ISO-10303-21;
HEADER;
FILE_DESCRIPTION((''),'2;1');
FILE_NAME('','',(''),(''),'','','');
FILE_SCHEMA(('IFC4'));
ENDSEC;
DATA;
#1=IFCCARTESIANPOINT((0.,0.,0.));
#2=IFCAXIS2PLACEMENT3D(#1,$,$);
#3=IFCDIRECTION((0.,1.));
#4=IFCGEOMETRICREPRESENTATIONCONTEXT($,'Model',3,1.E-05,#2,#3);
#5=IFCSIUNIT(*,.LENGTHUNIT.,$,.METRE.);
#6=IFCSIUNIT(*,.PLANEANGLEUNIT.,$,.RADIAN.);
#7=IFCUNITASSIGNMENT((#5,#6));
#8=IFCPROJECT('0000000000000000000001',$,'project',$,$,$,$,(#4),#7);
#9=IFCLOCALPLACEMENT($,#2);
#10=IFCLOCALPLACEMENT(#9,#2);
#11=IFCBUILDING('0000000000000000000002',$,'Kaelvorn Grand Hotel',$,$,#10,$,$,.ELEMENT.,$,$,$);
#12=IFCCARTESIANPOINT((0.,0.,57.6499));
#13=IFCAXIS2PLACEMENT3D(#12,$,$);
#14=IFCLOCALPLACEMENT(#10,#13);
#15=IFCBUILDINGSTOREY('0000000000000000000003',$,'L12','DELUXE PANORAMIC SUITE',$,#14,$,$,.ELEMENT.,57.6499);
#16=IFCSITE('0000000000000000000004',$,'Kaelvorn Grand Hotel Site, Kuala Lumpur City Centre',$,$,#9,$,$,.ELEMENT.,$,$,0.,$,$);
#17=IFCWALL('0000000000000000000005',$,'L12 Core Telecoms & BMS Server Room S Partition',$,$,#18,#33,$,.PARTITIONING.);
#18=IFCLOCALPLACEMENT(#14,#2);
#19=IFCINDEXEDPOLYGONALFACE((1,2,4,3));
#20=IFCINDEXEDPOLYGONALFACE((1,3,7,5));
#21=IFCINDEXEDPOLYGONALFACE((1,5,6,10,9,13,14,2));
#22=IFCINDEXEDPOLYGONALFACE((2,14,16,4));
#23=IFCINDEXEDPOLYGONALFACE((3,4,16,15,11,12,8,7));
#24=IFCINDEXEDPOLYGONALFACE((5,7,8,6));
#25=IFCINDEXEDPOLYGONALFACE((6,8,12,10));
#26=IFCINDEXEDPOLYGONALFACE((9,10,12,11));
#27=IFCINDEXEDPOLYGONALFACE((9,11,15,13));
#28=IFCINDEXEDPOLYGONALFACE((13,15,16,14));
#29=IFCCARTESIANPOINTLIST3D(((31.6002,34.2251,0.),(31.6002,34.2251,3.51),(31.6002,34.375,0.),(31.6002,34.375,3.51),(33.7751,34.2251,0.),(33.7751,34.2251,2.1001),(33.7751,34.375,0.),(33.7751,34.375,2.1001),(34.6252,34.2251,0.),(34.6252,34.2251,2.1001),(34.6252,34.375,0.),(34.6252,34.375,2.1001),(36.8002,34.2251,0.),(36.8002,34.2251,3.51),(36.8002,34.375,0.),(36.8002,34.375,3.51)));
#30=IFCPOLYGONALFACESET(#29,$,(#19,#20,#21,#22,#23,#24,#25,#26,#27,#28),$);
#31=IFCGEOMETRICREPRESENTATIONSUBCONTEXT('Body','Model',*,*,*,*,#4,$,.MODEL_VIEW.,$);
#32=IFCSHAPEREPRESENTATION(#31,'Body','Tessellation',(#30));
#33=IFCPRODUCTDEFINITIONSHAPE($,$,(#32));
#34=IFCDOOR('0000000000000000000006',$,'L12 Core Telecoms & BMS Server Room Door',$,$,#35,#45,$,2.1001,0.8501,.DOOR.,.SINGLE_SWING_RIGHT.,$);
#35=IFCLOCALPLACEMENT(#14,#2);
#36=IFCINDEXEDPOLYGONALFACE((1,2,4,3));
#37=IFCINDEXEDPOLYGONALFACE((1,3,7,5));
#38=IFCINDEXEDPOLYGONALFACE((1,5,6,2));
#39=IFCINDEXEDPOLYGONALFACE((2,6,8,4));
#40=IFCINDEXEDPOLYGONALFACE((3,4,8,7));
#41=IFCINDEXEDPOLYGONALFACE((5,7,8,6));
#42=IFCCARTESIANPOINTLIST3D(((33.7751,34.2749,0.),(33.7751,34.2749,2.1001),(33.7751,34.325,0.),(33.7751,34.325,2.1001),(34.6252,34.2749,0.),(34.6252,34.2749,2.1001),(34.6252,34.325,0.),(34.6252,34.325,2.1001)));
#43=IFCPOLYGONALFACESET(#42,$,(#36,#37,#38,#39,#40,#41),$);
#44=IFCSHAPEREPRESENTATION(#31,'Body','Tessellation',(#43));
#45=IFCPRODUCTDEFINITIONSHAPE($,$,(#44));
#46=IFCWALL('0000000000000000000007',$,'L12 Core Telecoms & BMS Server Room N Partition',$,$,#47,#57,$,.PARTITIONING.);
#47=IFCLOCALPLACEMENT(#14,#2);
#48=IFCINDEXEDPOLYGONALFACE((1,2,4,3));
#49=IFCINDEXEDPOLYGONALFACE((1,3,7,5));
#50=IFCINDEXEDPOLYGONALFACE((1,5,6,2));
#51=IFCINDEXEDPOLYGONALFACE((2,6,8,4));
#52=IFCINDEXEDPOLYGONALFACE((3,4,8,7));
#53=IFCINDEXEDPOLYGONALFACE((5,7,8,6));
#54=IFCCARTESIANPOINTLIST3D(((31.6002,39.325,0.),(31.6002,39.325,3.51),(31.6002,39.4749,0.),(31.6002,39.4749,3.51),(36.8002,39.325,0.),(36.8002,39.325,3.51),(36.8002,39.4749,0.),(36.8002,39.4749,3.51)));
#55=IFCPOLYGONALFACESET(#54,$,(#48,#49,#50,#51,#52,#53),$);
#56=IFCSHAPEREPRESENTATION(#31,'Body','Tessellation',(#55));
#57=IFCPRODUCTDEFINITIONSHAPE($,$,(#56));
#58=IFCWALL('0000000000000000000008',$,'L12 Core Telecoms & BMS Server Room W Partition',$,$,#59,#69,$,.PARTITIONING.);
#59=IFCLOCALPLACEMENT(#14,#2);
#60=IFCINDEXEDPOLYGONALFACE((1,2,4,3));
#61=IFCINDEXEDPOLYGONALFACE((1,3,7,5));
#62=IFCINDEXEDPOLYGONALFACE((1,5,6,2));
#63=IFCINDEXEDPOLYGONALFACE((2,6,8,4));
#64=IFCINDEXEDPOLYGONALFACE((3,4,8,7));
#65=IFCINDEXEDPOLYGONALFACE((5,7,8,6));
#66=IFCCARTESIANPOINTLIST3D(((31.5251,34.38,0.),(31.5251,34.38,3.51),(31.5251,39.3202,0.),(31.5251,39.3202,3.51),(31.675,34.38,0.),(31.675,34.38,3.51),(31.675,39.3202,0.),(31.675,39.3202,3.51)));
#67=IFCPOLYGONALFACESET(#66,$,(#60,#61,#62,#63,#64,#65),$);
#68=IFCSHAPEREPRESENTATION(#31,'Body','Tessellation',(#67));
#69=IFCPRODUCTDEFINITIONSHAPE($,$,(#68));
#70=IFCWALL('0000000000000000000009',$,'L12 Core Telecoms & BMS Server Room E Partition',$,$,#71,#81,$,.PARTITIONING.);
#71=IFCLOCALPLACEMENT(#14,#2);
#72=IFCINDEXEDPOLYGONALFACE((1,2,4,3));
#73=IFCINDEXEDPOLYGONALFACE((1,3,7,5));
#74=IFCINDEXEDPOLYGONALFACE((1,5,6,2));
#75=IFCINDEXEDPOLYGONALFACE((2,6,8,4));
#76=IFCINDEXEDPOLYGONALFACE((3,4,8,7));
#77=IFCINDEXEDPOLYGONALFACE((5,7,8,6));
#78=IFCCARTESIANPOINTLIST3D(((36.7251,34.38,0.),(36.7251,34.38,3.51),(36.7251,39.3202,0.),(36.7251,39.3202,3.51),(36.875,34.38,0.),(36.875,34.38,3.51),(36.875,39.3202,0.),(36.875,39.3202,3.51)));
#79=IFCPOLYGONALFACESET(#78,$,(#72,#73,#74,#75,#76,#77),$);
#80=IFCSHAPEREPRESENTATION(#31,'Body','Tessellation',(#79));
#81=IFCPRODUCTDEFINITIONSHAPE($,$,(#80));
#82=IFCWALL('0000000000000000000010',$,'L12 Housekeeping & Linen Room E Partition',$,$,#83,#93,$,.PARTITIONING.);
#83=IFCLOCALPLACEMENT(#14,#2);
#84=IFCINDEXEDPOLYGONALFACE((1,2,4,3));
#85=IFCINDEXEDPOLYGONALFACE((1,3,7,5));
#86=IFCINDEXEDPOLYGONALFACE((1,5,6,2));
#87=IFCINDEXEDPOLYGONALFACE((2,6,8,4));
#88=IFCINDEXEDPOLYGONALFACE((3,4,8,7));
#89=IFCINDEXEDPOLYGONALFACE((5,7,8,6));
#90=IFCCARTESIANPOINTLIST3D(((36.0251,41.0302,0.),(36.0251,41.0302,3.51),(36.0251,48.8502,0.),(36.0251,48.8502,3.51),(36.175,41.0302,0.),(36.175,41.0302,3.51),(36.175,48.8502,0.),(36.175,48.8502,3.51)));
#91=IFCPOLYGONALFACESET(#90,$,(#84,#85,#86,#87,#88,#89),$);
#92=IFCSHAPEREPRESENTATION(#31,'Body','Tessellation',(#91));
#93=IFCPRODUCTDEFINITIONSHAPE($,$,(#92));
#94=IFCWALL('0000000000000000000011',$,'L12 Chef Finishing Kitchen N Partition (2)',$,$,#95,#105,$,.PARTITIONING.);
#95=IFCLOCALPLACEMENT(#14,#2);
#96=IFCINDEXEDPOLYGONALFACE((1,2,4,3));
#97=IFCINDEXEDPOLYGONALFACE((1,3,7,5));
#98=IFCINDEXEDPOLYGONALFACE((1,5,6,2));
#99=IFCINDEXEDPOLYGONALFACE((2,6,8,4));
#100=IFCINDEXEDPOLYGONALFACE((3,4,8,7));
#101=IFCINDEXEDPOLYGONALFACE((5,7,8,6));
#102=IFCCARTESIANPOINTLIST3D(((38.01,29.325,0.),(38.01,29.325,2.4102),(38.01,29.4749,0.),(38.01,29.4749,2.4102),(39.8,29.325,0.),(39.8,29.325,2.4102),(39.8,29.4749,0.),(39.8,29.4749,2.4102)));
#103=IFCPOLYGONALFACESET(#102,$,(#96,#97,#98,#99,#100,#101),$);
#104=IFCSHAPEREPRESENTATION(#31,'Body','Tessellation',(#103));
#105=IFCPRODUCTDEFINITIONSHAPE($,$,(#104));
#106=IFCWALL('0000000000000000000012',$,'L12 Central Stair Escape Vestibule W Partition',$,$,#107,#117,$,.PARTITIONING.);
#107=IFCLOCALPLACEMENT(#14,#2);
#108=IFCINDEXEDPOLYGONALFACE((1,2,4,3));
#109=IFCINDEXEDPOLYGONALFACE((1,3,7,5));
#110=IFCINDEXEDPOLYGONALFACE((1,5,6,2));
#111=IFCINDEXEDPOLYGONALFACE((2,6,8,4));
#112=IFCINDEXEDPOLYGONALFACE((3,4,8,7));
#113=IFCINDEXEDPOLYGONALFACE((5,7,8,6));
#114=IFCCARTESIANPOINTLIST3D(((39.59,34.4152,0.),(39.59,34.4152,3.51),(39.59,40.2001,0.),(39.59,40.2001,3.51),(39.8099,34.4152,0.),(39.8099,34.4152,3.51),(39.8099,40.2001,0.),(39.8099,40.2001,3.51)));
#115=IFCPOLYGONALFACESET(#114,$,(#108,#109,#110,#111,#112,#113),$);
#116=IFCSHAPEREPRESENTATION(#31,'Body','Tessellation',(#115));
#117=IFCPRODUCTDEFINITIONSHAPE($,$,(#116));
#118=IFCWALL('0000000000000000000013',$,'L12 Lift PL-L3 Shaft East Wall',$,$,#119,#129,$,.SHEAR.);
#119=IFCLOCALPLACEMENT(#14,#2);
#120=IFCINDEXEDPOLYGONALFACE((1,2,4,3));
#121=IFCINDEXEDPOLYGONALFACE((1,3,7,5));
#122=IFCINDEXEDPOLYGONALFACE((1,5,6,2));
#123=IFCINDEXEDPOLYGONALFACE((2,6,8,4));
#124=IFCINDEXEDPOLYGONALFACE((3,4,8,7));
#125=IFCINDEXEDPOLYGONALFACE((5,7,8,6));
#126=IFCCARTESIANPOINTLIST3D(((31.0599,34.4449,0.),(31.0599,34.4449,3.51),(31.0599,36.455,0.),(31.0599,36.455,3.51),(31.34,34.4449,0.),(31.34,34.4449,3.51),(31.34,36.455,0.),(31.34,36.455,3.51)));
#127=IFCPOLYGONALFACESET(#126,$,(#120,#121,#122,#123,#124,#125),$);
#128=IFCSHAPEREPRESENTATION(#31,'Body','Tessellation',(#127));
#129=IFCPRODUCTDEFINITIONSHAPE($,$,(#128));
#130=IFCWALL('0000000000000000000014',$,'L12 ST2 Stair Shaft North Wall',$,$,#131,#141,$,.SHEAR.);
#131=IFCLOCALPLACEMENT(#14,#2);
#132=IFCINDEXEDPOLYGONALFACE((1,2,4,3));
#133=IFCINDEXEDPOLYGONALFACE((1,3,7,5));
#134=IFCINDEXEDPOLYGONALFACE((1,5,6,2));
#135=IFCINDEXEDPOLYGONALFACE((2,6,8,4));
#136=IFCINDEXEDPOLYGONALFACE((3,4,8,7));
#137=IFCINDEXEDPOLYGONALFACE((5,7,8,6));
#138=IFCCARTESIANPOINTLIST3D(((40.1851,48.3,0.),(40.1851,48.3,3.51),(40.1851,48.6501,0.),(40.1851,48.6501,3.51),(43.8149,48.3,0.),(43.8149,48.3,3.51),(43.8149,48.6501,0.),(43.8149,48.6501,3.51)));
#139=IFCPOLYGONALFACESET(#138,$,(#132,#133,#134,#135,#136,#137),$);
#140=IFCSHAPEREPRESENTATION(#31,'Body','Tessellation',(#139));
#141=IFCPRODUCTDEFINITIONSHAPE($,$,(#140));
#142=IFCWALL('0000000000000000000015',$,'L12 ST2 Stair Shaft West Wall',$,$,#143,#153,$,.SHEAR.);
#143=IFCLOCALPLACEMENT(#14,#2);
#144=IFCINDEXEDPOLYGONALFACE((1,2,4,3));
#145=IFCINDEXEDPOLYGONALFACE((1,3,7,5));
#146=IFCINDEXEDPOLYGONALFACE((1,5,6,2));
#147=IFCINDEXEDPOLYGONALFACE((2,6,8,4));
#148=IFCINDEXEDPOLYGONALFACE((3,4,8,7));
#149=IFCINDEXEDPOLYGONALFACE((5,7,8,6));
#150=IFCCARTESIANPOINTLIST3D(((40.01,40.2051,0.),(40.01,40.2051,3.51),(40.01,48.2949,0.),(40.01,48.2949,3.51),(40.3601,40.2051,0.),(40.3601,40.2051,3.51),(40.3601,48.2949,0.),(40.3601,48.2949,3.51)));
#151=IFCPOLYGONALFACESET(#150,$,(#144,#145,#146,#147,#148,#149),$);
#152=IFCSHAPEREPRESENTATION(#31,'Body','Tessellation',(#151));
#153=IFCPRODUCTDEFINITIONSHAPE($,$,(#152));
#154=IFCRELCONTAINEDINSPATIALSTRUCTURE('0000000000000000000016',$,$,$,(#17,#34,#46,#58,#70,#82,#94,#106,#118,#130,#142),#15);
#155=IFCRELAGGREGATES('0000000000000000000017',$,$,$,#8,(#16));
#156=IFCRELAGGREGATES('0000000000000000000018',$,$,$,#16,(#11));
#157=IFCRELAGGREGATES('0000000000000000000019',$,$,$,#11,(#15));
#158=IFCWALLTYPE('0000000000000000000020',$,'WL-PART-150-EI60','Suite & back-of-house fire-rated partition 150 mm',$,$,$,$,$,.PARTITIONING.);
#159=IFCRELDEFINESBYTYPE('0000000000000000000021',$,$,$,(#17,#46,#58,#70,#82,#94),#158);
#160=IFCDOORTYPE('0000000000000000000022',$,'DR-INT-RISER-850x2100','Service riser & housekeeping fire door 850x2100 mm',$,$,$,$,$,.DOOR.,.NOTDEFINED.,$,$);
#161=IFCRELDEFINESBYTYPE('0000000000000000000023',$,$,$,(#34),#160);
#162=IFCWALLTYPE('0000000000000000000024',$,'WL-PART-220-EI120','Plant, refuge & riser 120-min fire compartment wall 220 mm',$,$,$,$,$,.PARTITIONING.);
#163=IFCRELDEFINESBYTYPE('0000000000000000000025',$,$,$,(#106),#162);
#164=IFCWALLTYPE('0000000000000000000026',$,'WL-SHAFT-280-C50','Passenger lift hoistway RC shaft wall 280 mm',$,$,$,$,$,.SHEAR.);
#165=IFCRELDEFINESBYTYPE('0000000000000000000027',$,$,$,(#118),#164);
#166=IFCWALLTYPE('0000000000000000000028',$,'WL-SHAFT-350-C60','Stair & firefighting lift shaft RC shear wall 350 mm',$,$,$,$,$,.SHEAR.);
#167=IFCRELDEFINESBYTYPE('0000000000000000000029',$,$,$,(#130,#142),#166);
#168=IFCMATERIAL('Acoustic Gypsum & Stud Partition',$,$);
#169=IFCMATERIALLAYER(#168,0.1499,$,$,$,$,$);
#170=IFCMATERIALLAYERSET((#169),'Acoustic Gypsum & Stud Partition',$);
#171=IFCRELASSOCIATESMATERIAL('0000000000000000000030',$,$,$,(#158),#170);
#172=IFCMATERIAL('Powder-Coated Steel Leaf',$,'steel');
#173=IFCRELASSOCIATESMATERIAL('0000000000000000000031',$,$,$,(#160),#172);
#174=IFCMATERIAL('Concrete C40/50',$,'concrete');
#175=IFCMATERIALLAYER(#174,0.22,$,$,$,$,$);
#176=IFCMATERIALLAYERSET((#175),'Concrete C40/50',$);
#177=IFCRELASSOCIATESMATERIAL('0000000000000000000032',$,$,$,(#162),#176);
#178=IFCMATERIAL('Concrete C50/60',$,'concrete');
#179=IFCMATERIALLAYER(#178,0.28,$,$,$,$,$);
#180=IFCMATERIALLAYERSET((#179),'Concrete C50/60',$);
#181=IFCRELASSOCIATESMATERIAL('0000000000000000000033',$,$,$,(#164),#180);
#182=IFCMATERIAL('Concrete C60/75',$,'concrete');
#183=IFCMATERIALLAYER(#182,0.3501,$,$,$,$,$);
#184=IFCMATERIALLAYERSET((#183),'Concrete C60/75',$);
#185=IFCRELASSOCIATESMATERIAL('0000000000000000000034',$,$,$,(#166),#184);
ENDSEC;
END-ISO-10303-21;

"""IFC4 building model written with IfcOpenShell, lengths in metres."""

from ifc_helpers import new_model, si_unit, direction, frame, frame_2d, origin, place, context, subcontext, project, spatial, rectangle, extrude, material, layer, layer_set, type_object, element, fill, save


model = new_model("IFC4")

# Units and contexts
model_context = context("Model", 3, precision=1e-05, world=origin(), true_north=direction((0.0, 1.0)))
body_context = subcontext(model_context, "Body", "Model", "MODEL_VIEW")
ifc_project = project(units=[si_unit("LENGTHUNIT", "METRE"), si_unit("PLANEANGLEUNIT", "RADIAN")], contexts=[model_context])

# Site, building, storey
site_placement = place(None, origin())
site = spatial("IfcSite", under=ifc_project, at=site_placement, Name="Kaelvorn Grand Hotel Site, Kuala Lumpur City Centre", CompositionType="ELEMENT", RefElevation=0.0)
building_placement = place(site_placement, origin())
building = spatial("IfcBuilding", under=site, at=building_placement, Name="Kaelvorn Grand Hotel", CompositionType="ELEMENT")
storey_placement = place(building_placement, frame((0.0, 0.0, 57.6499)))
storey = spatial("IfcBuildingStorey", under=building, at=storey_placement, Name="L12", Description="DELUXE PANORAMIC SUITE", CompositionType="ELEMENT", Elevation=57.6499)

# Shared definitions
ifc_material_1 = material(Name="Concrete C60/75", Category="concrete")

# Wall, opening, door
ifc_material_2 = material(Name="Acoustic Gypsum & Stud Partition")
ifc_layer_1 = layer(ifc_material_2, 0.1499)
ifc_layer_set_1 = layer_set([ifc_layer_1], Name="Acoustic Gypsum & Stud Partition")
wall_type_1 = type_object("IfcWallType", Name="WL-PART-150-EI60", Description="Suite & back-of-house fire-rated partition 150 mm", PredefinedType="PARTITIONING", material=ifc_layer_set_1)
wall_1_placement = place(storey_placement, frame((31.6001, 34.3, 0.0), z_axis=(0.0, 0.0, 1.0), x_axis=(1.0, 0.0, 0.0)))
wall_1 = element("IfcWall", 1, at=wall_1_placement, inside=storey, type_object=wall_type_1, Name="L12 Core Telecoms & BMS Server Room S Partition", PredefinedType="PARTITIONING", context=body_context, shape_type="SweptSolid", body=[
    extrude(rectangle(XDim=5.2, YDim=0.1499, at=frame_2d((2.6001, 0.0))), origin(), (0.0, 0.0, 1.0), 3.51),
])
opening_1_placement = place(wall_1_placement, frame((2.175, 0.0, 0.0)))
opening_1 = element("IfcOpeningElement", 2, at=opening_1_placement, cuts=wall_1, PredefinedType="OPENING", context=body_context, shape_type="SweptSolid", body=[
    extrude(rectangle(XDim=0.8501, YDim=2.1001, at=frame_2d((0.425, 1.05))), frame((0.0, 0.085, 0.0), z_axis=(0.0, -1.0, 0.0), x_axis=(1.0, 0.0, 0.0)), (0.0, 0.0, 1.0), 0.1699),
])
ifc_material_3 = material(Name="Powder-Coated Steel Leaf", Category="steel")
door_type_1 = type_object("IfcDoorType", Name="DR-INT-RISER-850x2100", Description="Service riser & housekeeping fire door 850x2100 mm", OperationType="NOTDEFINED", PredefinedType="DOOR", material=ifc_material_3)
door_1_placement = place(opening_1_placement, origin())
door_1 = element("IfcDoor", 3, at=door_1_placement, inside=storey, type_object=door_type_1, Name="L12 Core Telecoms & BMS Server Room Door", OperationType="SINGLE_SWING_RIGHT", OverallHeight=2.1001, OverallWidth=0.8501, PredefinedType="DOOR", context=body_context, shape_type="SweptSolid", body=[
    extrude(rectangle(XDim=0.8501, YDim=2.1001, at=frame_2d((0.425, 1.05))), frame((0.0, 0.0249, 0.0), z_axis=(0.0, -1.0, 0.0), x_axis=(1.0, 0.0, 0.0)), (0.0, 0.0, 1.0), 0.05),
])
fill(opening_1, door_1)

# Walls
wall_2_placement = place(storey_placement, frame((31.6001, 39.3999, 0.0), z_axis=(0.0, 0.0, 1.0), x_axis=(1.0, 0.0, 0.0)))
element("IfcWall", 4, at=wall_2_placement, inside=storey, type_object=wall_type_1, Name="L12 Core Telecoms & BMS Server Room N Partition", PredefinedType="PARTITIONING", context=body_context, shape_type="SweptSolid", body=[
    extrude(rectangle(XDim=5.2, YDim=0.1499, at=frame_2d((2.6001, 0.0))), origin(), (0.0, 0.0, 1.0), 3.51),
])
for number, where, z_axis, x_axis, name in (
    (5, (31.6001, 34.3799, 0.0), (0.0, 0.0, 1.0), (0.0, 1.0, 0.0), "L12 Core Telecoms & BMS Server Room W Partition"),
    (6, (36.8, 34.3799, 0.0), (0.0, 0.0, 1.0), (0.0, 1.0, 0.0), "L12 Core Telecoms & BMS Server Room E Partition"),
):
    element("IfcWall", number, at=place(storey_placement, frame(where, z_axis=z_axis, x_axis=x_axis)), inside=storey, type_object=wall_type_1, Name=name, PredefinedType="PARTITIONING", context=body_context, shape_type="SweptSolid", body=[
        extrude(rectangle(XDim=4.9402, YDim=0.1499, at=frame_2d((2.4702, 0.0))), origin(), (0.0, 0.0, 1.0), 3.51),
    ])
wall_3_placement = place(storey_placement, frame((36.1001, 41.03, 0.0), z_axis=(0.0, 0.0, 1.0), x_axis=(0.0, 1.0, 0.0)))
element("IfcWall", 7, at=wall_3_placement, inside=storey, type_object=wall_type_1, Name="L12 Housekeeping & Linen Room E Partition", PredefinedType="PARTITIONING", context=body_context, shape_type="SweptSolid", body=[
    extrude(rectangle(XDim=7.8201, YDim=0.1499, at=frame_2d((3.9102, 0.0))), origin(), (0.0, 0.0, 1.0), 3.51),
])
wall_4_placement = place(storey_placement, frame((38.01, 29.3999, 0.0), z_axis=(0.0, 0.0, 1.0), x_axis=(1.0, 0.0, 0.0)))
element("IfcWall", 8, at=wall_4_placement, inside=storey, type_object=wall_type_1, Name="L12 Chef Finishing Kitchen N Partition (2)", PredefinedType="PARTITIONING", context=body_context, shape_type="SweptSolid", body=[
    extrude(rectangle(XDim=1.79, YDim=0.1499, at=frame_2d((0.895, 0.0))), origin(), (0.0, 0.0, 1.0), 2.4102),
])

# Shared definitions
ifc_material_4 = material(Name="Concrete C40/50", Category="concrete")
ifc_layer_2 = layer(ifc_material_4, 0.22)
ifc_layer_set_2 = layer_set([ifc_layer_2], Name="Concrete C40/50")
wall_type_2 = type_object("IfcWallType", Name="WL-PART-220-EI120", Description="Plant, refuge & riser 120-min fire compartment wall 220 mm", PredefinedType="PARTITIONING", material=ifc_layer_set_2)

# Walls
wall_5_placement = place(storey_placement, frame((39.7, 34.415, 0.0), z_axis=(0.0, 0.0, 1.0), x_axis=(0.0, 1.0, 0.0)))
element("IfcWall", 9, at=wall_5_placement, inside=storey, type_object=wall_type_2, Name="L12 Central Stair Escape Vestibule W Partition", PredefinedType="PARTITIONING", context=body_context, shape_type="SweptSolid", body=[
    extrude(rectangle(XDim=5.7849, YDim=0.22, at=frame_2d((2.8926, 0.0))), origin(), (0.0, 0.0, 1.0), 3.51),
])
ifc_material_5 = material(Name="Concrete C50/60", Category="concrete")
ifc_layer_3 = layer(ifc_material_5, 0.28)
ifc_layer_set_3 = layer_set([ifc_layer_3], Name="Concrete C50/60")
wall_type_3 = type_object("IfcWallType", Name="WL-SHAFT-280-C50", Description="Passenger lift hoistway RC shaft wall 280 mm", PredefinedType="SHEAR", material=ifc_layer_set_3)
wall_6_placement = place(storey_placement, frame((31.2, 34.4451, 0.0), z_axis=(0.0, 0.0, 1.0), x_axis=(0.0, 1.0, 0.0)))
element("IfcWall", 10, at=wall_6_placement, inside=storey, type_object=wall_type_3, Name="L12 Lift PL-L3 Shaft East Wall", PredefinedType="SHEAR", context=body_context, shape_type="SweptSolid", body=[
    extrude(rectangle(XDim=2.01, YDim=0.28, at=frame_2d((1.0049, 0.0))), origin(), (0.0, 0.0, 1.0), 3.51),
])

# Shared definitions
ifc_layer_4 = layer(ifc_material_1, 0.3501)
ifc_layer_set_4 = layer_set([ifc_layer_4], Name="Concrete C60/75")
wall_type_4 = type_object("IfcWallType", Name="WL-SHAFT-350-C60", Description="Stair & firefighting lift shaft RC shear wall 350 mm", PredefinedType="SHEAR", material=ifc_layer_set_4)

# Walls
wall_7_placement = place(storey_placement, frame((40.1851, 48.4751, 0.0), z_axis=(0.0, 0.0, 1.0), x_axis=(1.0, 0.0, 0.0)))
element("IfcWall", 11, at=wall_7_placement, inside=storey, type_object=wall_type_4, Name="L12 ST2 Stair Shaft North Wall", PredefinedType="SHEAR", context=body_context, shape_type="SweptSolid", body=[
    extrude(rectangle(XDim=3.6299, YDim=0.3501, at=frame_2d((1.8149, 0.0))), origin(), (0.0, 0.0, 1.0), 3.51),
])
wall_8_placement = place(storey_placement, frame((40.1851, 40.2051, 0.0), z_axis=(0.0, 0.0, 1.0), x_axis=(0.0, 1.0, 0.0)))
element("IfcWall", 12, at=wall_8_placement, inside=storey, type_object=wall_type_4, Name="L12 ST2 Stair Shaft West Wall", PredefinedType="SHEAR", context=body_context, shape_type="SweptSolid", body=[
    extrude(rectangle(XDim=8.0898, YDim=0.3501, at=frame_2d((4.0449, 0.0))), origin(), (0.0, 0.0, 1.0), 3.51),
])

save(model, "model.ifc")
